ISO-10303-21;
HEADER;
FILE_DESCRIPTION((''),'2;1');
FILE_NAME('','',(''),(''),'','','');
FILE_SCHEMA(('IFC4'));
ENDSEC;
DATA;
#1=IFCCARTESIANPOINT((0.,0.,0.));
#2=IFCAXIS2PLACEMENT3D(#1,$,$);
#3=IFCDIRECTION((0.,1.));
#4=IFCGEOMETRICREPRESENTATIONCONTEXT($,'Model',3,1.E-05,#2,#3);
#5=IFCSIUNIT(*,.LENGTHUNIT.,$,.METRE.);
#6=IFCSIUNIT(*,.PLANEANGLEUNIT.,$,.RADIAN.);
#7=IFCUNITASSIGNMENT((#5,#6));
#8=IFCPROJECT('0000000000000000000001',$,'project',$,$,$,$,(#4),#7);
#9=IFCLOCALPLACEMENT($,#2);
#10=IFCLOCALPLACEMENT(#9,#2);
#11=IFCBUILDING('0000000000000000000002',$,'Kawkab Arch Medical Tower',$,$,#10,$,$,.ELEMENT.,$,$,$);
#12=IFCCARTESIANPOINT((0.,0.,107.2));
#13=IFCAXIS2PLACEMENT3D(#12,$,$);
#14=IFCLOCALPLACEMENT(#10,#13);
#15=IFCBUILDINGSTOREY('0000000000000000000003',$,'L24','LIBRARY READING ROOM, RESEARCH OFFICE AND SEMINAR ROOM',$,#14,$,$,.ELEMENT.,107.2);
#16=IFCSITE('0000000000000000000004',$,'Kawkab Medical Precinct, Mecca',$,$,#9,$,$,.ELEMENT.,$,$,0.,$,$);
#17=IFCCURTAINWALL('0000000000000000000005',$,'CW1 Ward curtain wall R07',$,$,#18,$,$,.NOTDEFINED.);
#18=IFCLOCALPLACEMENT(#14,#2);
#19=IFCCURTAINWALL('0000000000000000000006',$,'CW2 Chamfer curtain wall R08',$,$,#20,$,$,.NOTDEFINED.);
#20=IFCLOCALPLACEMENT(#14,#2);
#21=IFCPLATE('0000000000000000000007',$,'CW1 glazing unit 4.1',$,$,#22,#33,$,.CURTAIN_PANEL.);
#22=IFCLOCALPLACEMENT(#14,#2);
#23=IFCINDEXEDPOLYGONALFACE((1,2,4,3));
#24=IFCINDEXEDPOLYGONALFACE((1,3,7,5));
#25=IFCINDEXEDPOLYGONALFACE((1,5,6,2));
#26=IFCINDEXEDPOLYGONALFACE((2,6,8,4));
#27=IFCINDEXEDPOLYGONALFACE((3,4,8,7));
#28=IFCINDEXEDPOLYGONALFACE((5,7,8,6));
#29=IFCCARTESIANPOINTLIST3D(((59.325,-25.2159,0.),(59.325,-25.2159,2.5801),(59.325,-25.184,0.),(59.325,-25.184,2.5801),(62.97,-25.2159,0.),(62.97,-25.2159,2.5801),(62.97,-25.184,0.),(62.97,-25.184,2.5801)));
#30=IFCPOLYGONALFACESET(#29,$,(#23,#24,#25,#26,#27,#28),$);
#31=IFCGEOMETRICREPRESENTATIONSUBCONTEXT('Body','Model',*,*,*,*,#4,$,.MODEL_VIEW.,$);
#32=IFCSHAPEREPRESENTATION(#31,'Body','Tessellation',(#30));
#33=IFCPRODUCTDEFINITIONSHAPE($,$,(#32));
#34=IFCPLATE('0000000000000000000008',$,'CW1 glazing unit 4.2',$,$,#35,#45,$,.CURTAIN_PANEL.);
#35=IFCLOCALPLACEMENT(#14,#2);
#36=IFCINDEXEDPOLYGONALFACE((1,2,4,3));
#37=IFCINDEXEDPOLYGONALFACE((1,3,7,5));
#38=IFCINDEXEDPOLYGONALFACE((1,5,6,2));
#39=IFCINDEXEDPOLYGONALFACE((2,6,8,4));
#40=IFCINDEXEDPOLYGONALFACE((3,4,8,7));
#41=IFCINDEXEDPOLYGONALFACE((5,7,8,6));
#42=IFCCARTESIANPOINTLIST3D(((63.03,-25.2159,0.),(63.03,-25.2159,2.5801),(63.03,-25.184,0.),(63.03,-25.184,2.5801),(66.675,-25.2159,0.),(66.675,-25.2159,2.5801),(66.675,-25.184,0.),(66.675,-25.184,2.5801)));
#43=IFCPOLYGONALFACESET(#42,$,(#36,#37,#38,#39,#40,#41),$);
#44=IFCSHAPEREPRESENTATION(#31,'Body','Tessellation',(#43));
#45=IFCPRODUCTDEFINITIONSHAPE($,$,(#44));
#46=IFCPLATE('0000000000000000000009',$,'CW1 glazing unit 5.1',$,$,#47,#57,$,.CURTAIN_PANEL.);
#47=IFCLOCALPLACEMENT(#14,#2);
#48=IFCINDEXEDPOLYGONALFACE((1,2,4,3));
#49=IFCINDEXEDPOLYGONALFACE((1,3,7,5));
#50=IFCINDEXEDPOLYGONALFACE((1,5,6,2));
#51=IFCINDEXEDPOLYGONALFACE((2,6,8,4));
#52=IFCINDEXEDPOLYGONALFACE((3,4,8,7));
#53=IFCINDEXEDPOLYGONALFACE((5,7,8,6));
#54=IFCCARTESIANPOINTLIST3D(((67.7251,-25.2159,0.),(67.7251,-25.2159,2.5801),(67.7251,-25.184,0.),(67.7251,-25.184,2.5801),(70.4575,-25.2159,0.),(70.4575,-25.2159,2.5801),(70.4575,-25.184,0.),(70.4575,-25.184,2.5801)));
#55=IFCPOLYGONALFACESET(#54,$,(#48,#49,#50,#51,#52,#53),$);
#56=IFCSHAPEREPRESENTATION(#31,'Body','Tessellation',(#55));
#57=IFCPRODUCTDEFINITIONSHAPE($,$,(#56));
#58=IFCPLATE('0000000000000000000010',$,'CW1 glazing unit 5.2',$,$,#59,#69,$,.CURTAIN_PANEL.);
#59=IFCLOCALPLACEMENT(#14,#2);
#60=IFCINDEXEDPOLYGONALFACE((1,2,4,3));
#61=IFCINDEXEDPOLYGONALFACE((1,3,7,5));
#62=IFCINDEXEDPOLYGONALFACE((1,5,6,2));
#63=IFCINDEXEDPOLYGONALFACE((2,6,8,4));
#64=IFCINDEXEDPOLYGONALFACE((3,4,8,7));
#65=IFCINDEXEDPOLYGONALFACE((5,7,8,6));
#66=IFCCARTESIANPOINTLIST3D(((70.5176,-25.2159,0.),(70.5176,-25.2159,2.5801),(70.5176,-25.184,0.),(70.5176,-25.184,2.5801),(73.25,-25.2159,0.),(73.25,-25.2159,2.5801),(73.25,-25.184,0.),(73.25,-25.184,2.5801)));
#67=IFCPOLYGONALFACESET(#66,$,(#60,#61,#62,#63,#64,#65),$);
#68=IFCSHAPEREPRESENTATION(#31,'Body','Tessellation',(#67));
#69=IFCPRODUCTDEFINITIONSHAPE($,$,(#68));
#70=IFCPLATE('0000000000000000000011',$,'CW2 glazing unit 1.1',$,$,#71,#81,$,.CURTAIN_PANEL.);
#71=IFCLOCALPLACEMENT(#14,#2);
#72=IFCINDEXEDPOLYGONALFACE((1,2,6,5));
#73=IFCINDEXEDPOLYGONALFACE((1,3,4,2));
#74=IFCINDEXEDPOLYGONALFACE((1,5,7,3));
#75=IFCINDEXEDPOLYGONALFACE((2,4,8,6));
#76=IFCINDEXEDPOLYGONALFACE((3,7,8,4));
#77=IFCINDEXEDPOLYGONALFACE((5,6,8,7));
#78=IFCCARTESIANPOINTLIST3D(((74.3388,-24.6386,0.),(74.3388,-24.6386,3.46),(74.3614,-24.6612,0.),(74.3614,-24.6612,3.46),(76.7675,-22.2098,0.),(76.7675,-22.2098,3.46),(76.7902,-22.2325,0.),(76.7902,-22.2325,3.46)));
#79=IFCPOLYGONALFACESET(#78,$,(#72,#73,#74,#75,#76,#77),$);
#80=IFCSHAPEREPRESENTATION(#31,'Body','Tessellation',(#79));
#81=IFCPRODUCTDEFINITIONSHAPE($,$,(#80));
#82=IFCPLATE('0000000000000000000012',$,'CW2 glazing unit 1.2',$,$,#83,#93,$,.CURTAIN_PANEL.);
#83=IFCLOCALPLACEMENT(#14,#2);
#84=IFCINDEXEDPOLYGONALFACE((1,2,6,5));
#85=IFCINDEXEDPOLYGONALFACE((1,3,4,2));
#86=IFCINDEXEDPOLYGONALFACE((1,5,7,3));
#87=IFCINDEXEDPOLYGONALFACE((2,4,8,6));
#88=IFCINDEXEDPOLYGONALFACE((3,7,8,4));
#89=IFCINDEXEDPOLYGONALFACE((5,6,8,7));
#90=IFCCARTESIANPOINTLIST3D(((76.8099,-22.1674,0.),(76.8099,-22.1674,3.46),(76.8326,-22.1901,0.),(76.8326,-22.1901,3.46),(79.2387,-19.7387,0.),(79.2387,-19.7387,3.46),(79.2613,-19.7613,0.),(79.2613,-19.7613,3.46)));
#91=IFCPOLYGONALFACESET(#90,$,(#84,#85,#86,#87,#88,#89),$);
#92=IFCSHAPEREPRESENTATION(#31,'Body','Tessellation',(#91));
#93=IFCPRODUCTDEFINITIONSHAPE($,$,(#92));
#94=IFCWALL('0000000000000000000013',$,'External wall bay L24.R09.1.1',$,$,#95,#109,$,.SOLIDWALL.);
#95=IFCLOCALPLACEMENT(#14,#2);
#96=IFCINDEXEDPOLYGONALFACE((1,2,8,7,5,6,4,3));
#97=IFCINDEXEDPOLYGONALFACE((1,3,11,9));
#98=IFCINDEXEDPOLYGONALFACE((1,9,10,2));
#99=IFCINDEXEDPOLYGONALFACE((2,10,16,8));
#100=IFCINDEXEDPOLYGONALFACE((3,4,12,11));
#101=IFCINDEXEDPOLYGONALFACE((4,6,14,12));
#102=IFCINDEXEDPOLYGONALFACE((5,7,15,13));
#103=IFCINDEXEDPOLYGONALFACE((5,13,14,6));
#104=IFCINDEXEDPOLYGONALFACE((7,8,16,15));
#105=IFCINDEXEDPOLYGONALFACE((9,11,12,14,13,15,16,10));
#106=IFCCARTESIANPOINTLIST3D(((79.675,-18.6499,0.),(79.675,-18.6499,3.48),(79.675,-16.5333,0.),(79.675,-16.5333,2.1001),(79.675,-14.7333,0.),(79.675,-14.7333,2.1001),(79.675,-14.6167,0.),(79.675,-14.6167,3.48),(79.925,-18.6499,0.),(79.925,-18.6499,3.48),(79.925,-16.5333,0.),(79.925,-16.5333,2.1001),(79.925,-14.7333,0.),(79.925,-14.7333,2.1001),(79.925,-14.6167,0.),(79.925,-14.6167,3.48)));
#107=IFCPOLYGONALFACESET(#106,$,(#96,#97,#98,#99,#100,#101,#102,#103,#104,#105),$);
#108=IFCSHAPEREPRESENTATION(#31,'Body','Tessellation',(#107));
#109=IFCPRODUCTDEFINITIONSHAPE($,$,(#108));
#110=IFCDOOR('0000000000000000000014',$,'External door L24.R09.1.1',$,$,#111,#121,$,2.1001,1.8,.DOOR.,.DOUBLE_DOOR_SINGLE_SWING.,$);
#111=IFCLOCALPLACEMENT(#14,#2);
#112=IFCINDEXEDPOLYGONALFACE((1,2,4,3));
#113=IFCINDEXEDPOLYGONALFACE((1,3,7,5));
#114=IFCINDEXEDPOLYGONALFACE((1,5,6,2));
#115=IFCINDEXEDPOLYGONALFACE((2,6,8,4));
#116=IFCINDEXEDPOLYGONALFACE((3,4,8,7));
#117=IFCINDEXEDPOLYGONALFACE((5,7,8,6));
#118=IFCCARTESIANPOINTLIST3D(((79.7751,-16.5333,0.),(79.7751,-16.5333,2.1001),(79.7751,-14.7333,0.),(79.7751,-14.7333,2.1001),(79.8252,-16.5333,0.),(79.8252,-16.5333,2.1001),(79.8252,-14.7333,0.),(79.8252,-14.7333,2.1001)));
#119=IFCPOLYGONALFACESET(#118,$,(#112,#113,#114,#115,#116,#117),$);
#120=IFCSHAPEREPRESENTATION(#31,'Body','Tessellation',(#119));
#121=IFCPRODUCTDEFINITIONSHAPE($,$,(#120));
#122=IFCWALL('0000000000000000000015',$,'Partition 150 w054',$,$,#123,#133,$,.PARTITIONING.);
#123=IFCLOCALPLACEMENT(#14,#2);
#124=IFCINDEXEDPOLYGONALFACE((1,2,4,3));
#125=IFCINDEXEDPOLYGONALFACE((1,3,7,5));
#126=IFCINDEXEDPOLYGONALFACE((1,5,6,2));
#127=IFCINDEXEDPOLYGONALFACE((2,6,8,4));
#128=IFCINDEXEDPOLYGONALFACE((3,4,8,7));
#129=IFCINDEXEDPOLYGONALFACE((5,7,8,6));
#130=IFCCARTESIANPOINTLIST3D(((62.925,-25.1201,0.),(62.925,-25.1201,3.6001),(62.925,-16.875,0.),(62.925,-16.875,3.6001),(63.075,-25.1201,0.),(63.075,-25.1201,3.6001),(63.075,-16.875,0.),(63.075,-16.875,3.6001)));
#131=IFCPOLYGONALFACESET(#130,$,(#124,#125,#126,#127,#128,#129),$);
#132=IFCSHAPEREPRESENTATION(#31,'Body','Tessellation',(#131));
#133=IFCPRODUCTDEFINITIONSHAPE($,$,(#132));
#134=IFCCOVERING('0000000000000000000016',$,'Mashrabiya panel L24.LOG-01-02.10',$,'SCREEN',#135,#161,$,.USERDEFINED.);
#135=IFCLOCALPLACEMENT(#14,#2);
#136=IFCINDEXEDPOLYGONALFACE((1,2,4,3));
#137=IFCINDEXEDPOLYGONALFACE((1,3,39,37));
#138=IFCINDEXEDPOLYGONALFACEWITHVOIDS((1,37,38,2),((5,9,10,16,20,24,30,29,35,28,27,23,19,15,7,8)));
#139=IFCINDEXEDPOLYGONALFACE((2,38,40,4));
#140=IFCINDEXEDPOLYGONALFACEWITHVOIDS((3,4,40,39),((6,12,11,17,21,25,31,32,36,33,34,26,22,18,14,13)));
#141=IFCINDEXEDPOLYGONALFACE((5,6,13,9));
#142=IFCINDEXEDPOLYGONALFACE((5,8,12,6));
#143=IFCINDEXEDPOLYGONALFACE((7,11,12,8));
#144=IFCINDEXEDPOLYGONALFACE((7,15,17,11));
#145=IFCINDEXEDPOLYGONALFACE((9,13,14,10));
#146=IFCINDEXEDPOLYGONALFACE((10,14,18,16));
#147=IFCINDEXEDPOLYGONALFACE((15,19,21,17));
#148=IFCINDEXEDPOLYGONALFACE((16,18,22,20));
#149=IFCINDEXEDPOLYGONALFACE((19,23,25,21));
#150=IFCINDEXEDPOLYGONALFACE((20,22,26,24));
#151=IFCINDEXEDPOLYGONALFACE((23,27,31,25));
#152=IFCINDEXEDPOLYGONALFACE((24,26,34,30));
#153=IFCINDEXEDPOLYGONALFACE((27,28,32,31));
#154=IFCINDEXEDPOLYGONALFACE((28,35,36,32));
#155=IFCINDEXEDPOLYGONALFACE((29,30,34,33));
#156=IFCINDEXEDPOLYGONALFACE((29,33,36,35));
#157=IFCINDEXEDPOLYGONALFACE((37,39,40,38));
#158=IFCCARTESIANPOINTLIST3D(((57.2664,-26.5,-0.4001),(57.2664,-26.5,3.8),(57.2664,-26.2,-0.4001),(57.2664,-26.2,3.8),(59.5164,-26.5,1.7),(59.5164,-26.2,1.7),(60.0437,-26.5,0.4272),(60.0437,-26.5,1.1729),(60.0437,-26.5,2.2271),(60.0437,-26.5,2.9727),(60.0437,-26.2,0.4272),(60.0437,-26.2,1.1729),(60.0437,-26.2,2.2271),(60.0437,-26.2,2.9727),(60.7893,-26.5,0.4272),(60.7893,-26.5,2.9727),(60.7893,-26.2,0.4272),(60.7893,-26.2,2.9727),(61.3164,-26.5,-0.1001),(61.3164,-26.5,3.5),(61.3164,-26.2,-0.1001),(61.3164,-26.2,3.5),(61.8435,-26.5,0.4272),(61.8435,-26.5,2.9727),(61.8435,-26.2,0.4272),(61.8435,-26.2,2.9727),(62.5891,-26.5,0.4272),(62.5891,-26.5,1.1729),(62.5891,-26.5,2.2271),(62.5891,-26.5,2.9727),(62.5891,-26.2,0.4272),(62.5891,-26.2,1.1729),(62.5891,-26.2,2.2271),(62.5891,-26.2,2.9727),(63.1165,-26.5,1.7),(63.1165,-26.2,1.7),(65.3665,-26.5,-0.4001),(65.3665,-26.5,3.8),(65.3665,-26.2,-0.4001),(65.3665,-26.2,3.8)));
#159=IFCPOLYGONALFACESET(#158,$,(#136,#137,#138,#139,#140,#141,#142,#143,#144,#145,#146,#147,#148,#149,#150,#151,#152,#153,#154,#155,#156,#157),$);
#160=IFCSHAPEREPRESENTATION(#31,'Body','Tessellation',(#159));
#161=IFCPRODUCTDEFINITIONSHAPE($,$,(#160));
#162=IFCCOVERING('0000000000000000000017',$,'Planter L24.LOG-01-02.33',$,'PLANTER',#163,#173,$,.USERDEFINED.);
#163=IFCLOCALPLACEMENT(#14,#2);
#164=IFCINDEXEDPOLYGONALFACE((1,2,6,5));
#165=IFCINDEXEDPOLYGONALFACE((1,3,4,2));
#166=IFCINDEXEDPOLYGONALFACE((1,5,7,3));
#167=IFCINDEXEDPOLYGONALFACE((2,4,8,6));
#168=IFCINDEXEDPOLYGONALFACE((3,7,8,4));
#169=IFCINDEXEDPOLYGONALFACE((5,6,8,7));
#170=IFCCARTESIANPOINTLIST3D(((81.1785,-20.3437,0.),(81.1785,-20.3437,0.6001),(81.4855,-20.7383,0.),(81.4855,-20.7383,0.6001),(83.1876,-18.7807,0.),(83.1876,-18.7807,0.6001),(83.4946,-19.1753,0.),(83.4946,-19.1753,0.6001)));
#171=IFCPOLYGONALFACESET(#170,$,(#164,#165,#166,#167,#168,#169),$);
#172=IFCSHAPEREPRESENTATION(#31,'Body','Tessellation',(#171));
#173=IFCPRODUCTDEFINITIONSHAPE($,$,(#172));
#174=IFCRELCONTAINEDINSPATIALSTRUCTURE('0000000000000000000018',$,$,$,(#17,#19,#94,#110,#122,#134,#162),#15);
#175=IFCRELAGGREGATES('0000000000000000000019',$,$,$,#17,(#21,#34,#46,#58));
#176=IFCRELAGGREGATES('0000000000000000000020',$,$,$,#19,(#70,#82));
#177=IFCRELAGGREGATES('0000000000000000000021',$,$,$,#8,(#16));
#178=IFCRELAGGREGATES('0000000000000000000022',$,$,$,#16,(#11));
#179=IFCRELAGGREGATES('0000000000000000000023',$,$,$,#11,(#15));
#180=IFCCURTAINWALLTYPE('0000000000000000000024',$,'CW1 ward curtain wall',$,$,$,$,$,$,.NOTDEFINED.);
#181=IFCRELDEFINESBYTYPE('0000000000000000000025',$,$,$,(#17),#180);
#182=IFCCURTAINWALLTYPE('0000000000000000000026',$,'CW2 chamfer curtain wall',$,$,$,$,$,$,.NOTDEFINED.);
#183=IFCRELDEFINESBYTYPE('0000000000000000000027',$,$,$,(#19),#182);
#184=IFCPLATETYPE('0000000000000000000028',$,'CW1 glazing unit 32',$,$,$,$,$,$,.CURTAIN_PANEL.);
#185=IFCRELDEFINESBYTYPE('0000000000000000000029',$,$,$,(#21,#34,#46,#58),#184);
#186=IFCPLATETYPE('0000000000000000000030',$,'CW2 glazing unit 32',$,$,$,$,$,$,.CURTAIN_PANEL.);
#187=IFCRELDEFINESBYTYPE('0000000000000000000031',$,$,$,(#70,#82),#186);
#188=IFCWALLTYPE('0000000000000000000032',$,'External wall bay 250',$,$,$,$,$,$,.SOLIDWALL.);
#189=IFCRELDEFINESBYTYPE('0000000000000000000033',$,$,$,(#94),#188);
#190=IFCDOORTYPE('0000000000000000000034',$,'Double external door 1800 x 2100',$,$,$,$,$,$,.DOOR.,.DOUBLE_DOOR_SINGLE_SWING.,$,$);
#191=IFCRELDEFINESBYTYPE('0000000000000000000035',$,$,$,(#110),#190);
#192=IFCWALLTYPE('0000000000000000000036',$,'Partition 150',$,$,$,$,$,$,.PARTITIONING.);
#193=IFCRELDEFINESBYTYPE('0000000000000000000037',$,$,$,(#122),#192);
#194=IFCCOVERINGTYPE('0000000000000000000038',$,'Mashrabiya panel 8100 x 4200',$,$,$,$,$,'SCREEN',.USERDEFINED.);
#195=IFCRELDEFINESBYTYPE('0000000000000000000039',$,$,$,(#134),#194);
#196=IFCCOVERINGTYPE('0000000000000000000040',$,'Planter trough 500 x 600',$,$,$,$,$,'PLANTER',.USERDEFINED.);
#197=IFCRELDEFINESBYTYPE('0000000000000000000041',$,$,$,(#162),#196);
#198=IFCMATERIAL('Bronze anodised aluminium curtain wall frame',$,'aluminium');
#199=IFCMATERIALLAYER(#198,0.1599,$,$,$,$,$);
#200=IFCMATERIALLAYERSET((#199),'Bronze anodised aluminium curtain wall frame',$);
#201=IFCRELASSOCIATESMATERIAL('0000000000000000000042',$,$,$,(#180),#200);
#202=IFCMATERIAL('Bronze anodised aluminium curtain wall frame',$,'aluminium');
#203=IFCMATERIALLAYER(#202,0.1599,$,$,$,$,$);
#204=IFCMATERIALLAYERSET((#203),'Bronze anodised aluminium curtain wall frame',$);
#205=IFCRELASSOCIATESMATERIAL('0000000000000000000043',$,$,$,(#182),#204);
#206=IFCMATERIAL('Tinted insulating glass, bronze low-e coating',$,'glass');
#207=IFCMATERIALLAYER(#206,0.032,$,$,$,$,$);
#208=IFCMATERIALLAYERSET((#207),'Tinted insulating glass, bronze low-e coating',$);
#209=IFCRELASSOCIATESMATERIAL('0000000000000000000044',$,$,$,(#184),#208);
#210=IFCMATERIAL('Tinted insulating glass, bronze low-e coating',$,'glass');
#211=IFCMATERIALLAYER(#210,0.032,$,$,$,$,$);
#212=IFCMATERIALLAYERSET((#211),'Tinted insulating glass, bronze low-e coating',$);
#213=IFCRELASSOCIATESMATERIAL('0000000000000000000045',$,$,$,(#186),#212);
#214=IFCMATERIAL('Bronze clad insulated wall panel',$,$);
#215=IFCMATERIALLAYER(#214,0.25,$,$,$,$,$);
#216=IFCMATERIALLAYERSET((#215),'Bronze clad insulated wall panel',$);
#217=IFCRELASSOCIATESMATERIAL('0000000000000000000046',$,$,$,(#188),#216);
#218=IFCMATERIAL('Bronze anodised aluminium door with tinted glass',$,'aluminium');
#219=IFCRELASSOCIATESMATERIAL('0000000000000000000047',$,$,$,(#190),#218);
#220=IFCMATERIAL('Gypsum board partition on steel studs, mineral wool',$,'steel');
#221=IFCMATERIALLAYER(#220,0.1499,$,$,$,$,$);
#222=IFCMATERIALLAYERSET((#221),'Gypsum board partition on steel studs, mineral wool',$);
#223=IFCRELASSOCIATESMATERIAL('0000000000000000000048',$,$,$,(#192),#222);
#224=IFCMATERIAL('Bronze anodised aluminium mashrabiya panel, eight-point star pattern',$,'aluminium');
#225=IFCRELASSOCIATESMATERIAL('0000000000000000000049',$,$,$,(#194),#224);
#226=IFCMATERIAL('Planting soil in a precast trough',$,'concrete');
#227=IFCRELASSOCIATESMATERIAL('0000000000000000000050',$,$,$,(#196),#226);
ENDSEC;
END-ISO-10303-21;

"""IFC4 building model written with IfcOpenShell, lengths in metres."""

from ifc_helpers import new_model, si_unit, direction, frame, frame_2d, origin, origin_2d, place, context, subcontext, project, spatial, polyline, rectangle, outline, extrude, material, layer, layer_set, material_profile, profile_set, type_object, element, fill, aggregate, save


model = new_model("IFC4")

# Units and contexts
model_context = context("Model", 3, precision=1e-05, world=origin(), true_north=direction((0.0, 1.0)))
body_context = subcontext(model_context, "Body", "Model", "MODEL_VIEW")
ifc_project = project(units=[si_unit("LENGTHUNIT", "METRE"), si_unit("PLANEANGLEUNIT", "RADIAN")], contexts=[model_context])

# Site, building, storey
site_placement = place(None, origin())
site = spatial("IfcSite", under=ifc_project, at=site_placement, Name="Kawkab Medical Precinct, Mecca", CompositionType="ELEMENT", RefElevation=0.0)
building_placement = place(site_placement, origin())
building = spatial("IfcBuilding", under=site, at=building_placement, Name="Kawkab Arch Medical Tower", CompositionType="ELEMENT")
storey_placement = place(building_placement, frame((0.0, 0.0, 107.2)))
storey = spatial("IfcBuildingStorey", under=building, at=storey_placement, Name="L24", Description="LIBRARY READING ROOM, RESEARCH OFFICE AND SEMINAR ROOM", CompositionType="ELEMENT", Elevation=107.2)

# Curtain wall
ifc_material_1 = material(Name="Bronze anodised aluminium curtain wall frame", Category="aluminium")
ifc_layer_1 = layer(ifc_material_1, 0.1599)
ifc_layer_set_1 = layer_set([ifc_layer_1], Name="Bronze anodised aluminium curtain wall frame")
curtain_wall_type_1 = type_object("IfcCurtainWallType", Name="CW1 ward curtain wall", PredefinedType="NOTDEFINED", material=ifc_layer_set_1)
placement = place(storey_placement, origin())
curtain_wall_1 = element("IfcCurtainWall", 1, at=placement, inside=storey, type_object=curtain_wall_type_1, Name="CW1 Ward curtain wall R07", PredefinedType="NOTDEFINED")

# Curtain wall
ifc_material_2 = material(Name="Bronze anodised aluminium curtain wall frame", Category="aluminium")
ifc_layer_2 = layer(ifc_material_2, 0.1599)
ifc_layer_set_2 = layer_set([ifc_layer_2], Name="Bronze anodised aluminium curtain wall frame")
curtain_wall_type_2 = type_object("IfcCurtainWallType", Name="CW2 chamfer curtain wall", PredefinedType="NOTDEFINED", material=ifc_layer_set_2)
curtain_wall_2 = element("IfcCurtainWall", 2, at=placement, inside=storey, type_object=curtain_wall_type_2, Name="CW2 Chamfer curtain wall R08", PredefinedType="NOTDEFINED")

# Plates
ifc_material_3 = material(Name="Tinted insulating glass, bronze low-e coating", Category="glass")
ifc_layer_3 = layer(ifc_material_3, 0.032)
ifc_layer_set_3 = layer_set([ifc_layer_3], Name="Tinted insulating glass, bronze low-e coating")
plate_type_1 = type_object("IfcPlateType", Name="CW1 glazing unit 32", PredefinedType="CURTAIN_PANEL", material=ifc_layer_set_3)
plate_1_placement = place(storey_placement, frame((61.1475, -25.2, 0.0), z_axis=(0.0, 0.0, 1.0), x_axis=(1.0, 0.0, 0.0)))
plate_1 = element("IfcPlate", 3, at=plate_1_placement, type_object=plate_type_1, Name="CW1 glazing unit 4.1", PredefinedType="CURTAIN_PANEL", context=body_context, shape_type="SweptSolid", body=[
    extrude(rectangle(XDim=3.645, YDim=0.032, at=origin_2d()), origin(), (0.0, 0.0, 1.0), 2.5801),
])
plate_2_placement = place(storey_placement, frame((64.8525, -25.2, 0.0), z_axis=(0.0, 0.0, 1.0), x_axis=(1.0, 0.0, 0.0)))
plate_2 = element("IfcPlate", 4, at=plate_2_placement, type_object=plate_type_1, Name="CW1 glazing unit 4.2", PredefinedType="CURTAIN_PANEL", context=body_context, shape_type="SweptSolid", body=[
    extrude(rectangle(XDim=3.645, YDim=0.032, at=origin_2d()), origin(), (0.0, 0.0, 1.0), 2.5801),
])
plate_3_placement = place(storey_placement, frame((69.0913, -25.2, 0.0), z_axis=(0.0, 0.0, 1.0), x_axis=(1.0, 0.0, 0.0)))
plate_3 = element("IfcPlate", 5, at=plate_3_placement, type_object=plate_type_1, Name="CW1 glazing unit 5.1", PredefinedType="CURTAIN_PANEL", context=body_context, shape_type="SweptSolid", body=[
    extrude(rectangle(XDim=2.7324, YDim=0.032, at=origin_2d()), origin(), (0.0, 0.0, 1.0), 2.5801),
])
plate_4_placement = place(storey_placement, frame((71.8838, -25.2, 0.0), z_axis=(0.0, 0.0, 1.0), x_axis=(1.0, 0.0, 0.0)))
plate_4 = element("IfcPlate", 6, at=plate_4_placement, type_object=plate_type_1, Name="CW1 glazing unit 5.2", PredefinedType="CURTAIN_PANEL", context=body_context, shape_type="SweptSolid", body=[
    extrude(rectangle(XDim=2.7324, YDim=0.032, at=origin_2d()), origin(), (0.0, 0.0, 1.0), 2.5801),
])
aggregate(curtain_wall_1, [plate_1, plate_2, plate_3, plate_4])
ifc_material_4 = material(Name="Tinted insulating glass, bronze low-e coating", Category="glass")
ifc_layer_4 = layer(ifc_material_4, 0.032)
ifc_layer_set_4 = layer_set([ifc_layer_4], Name="Tinted insulating glass, bronze low-e coating")
plate_type_2 = type_object("IfcPlateType", Name="CW2 glazing unit 32", PredefinedType="CURTAIN_PANEL", material=ifc_layer_set_4)
plate_5_placement = place(storey_placement, frame((75.5645, -23.4355, 0.0), z_axis=(0.0, 0.0, 1.0), x_axis=(0.707107, 0.707107, 0.0)))
plate_5 = element("IfcPlate", 7, at=plate_5_placement, type_object=plate_type_2, Name="CW2 glazing unit 1.1", PredefinedType="CURTAIN_PANEL", context=body_context, shape_type="SweptSolid", body=[
    extrude(rectangle(XDim=3.4348, YDim=0.032, at=origin_2d()), origin(), (0.0, 0.0, 1.0), 3.46),
])
plate_6_placement = place(storey_placement, frame((78.0356, -20.9644, 0.0), z_axis=(0.0, 0.0, 1.0), x_axis=(0.707107, 0.707107, 0.0)))
plate_6 = element("IfcPlate", 8, at=plate_6_placement, type_object=plate_type_2, Name="CW2 glazing unit 1.2", PredefinedType="CURTAIN_PANEL", context=body_context, shape_type="SweptSolid", body=[
    extrude(rectangle(XDim=3.4348, YDim=0.032, at=origin_2d()), origin(), (0.0, 0.0, 1.0), 3.46),
])
aggregate(curtain_wall_2, [plate_5, plate_6])

# Wall, opening, door
ifc_material_5 = material(Name="Bronze clad insulated wall panel")
ifc_layer_5 = layer(ifc_material_5, 0.25)
ifc_layer_set_5 = layer_set([ifc_layer_5], Name="Bronze clad insulated wall panel")
wall_type_1 = type_object("IfcWallType", Name="External wall bay 250", PredefinedType="SOLIDWALL", material=ifc_layer_set_5)
wall_1_placement = place(storey_placement, frame((79.8, -18.6499, 0.0), z_axis=(0.0, 0.0, 1.0), x_axis=(0.0, 1.0, 0.0)))
wall_1 = element("IfcWall", 9, at=wall_1_placement, inside=storey, type_object=wall_type_1, Name="External wall bay L24.R09.1.1", PredefinedType="SOLIDWALL", context=body_context, shape_type="SweptSolid", body=[
    extrude(rectangle(XDim=4.0332, YDim=0.25, at=frame_2d((2.0166, 0.0))), origin(), (0.0, 0.0, 1.0), 3.48),
])
opening_placement = place(wall_1_placement, frame((2.1167, 0.0, 0.0)))
opening = element("IfcOpeningElement", 10, at=opening_placement, cuts=wall_1, PredefinedType="OPENING", context=body_context, shape_type="SweptSolid", body=[
    extrude(rectangle(XDim=1.8, YDim=2.1001, at=frame_2d((0.8999, 1.05))), frame((0.0, 0.135, 0.0), z_axis=(0.0, -1.0, 0.0), x_axis=(1.0, 0.0, 0.0)), (0.0, 0.0, 1.0), 0.27),
])
ifc_material_6 = material(Name="Bronze anodised aluminium door with tinted glass", Category="aluminium")
door_type = type_object("IfcDoorType", Name="Double external door 1800 x 2100", OperationType="DOUBLE_DOOR_SINGLE_SWING", PredefinedType="DOOR", material=ifc_material_6)
door_placement = place(opening_placement, origin())
door = element("IfcDoor", 11, at=door_placement, inside=storey, type_object=door_type, Name="External door L24.R09.1.1", OperationType="DOUBLE_DOOR_SINGLE_SWING", OverallHeight=2.1001, OverallWidth=1.8, PredefinedType="DOOR", context=body_context, shape_type="SweptSolid", body=[
    extrude(rectangle(XDim=1.8, YDim=2.1001, at=frame_2d((0.8999, 1.05))), frame((0.0, 0.0249, 0.0), z_axis=(0.0, -1.0, 0.0), x_axis=(1.0, 0.0, 0.0)), (0.0, 0.0, 1.0), 0.05),
])
fill(opening, door)

# Wall
ifc_material_7 = material(Name="Gypsum board partition on steel studs, mineral wool", Category="steel")
ifc_layer_6 = layer(ifc_material_7, 0.1499)
ifc_layer_set_6 = layer_set([ifc_layer_6], Name="Gypsum board partition on steel studs, mineral wool")
wall_type_2 = type_object("IfcWallType", Name="Partition 150", PredefinedType="PARTITIONING", material=ifc_layer_set_6)
wall_2_placement = place(storey_placement, frame((63.0, -25.1201, 0.0), z_axis=(0.0, 0.0, 1.0), x_axis=(0.0, 1.0, 0.0)))
element("IfcWall", 12, at=wall_2_placement, inside=storey, type_object=wall_type_2, Name="Partition 150 w054", PredefinedType="PARTITIONING", context=body_context, shape_type="SweptSolid", body=[
    extrude(rectangle(XDim=8.2451, YDim=0.1499, at=frame_2d((4.1226, 0.0))), origin(), (0.0, 0.0, 1.0), 3.6001),
])

# Coverings
ifc_material_8 = material(Name="Bronze anodised aluminium mashrabiya panel, eight-point star pattern", Category="aluminium")
ifc_material_profile_1 = material_profile(ifc_material_8, outline(polyline([(-4.05, -2.1001), (4.05, -2.1001), (4.05, 2.1001), (-4.05, 2.1001), (-4.05, -2.1001)]), holes=[polyline([(1.8, 0.0), (1.2727, 0.5271), (1.2727, 1.2727), (0.5271, 1.2727), (0.0, 1.8), (-0.5271, 1.2727), (-1.2727, 1.2727), (-1.2727, 0.5271), (-1.8, 0.0), (-1.2727, -0.5271), (-1.2727, -1.2727), (-0.5271, -1.2727), (0.0, -1.8), (0.5271, -1.2727), (1.2727, -1.2727), (1.2727, -0.5271), (1.8, 0.0)])]), Name="Mashrabiya panel 8100x4200")
ifc_profile_set_1 = profile_set([ifc_material_profile_1], Name="Bronze anodised aluminium mashrabiya panel, eight-point star pattern")
covering_type_1 = type_object("IfcCoveringType", Name="Mashrabiya panel 8100 x 4200", ElementType="SCREEN", PredefinedType="USERDEFINED", material=ifc_profile_set_1)
covering_1_placement = place(storey_placement, frame((61.3164, -26.2, 1.7), z_axis=(0.0, -1.0, 0.0), x_axis=(1.0, 0.0, 0.0)))
element("IfcCovering", 13, at=covering_1_placement, inside=storey, type_object=covering_type_1, Name="Mashrabiya panel L24.LOG-01-02.10", ObjectType="SCREEN", PredefinedType="USERDEFINED", context=body_context, shape_type="SweptSolid", body=[
    extrude(outline(polyline([(-4.05, -2.1001), (4.05, -2.1001), (4.05, 2.1001), (-4.05, 2.1001), (-4.05, -2.1001)]), holes=[polyline([(1.8, 0.0), (1.2727, 0.5271), (1.2727, 1.2727), (0.5271, 1.2727), (0.0, 1.8), (-0.5271, 1.2727), (-1.2727, 1.2727), (-1.2727, 0.5271), (-1.8, 0.0), (-1.2727, -0.5271), (-1.2727, -1.2727), (-0.5271, -1.2727), (0.0, -1.8), (0.5271, -1.2727), (1.2727, -1.2727), (1.2727, -0.5271), (1.8, 0.0)])]), origin(), (0.0, 0.0, 1.0), 0.3),
])
ifc_material_9 = material(Name="Planting soil in a precast trough", Category="concrete")
ifc_material_profile_2 = material_profile(ifc_material_9, rectangle(XDim=0.5, YDim=0.6001, at=origin_2d()), Name="Trough 500x600")
ifc_profile_set_2 = profile_set([ifc_material_profile_2], Name="Planting soil in a precast trough")
covering_type_2 = type_object("IfcCoveringType", Name="Planter trough 500 x 600", ElementType="PLANTER", PredefinedType="USERDEFINED", material=ifc_profile_set_2)
covering_2_placement = place(storey_placement, frame((83.3411, -18.978, 0.3), z_axis=(-0.789275, -0.61404, 0.0), x_axis=(0.61404, -0.789275, 0.0)))
element("IfcCovering", 14, at=covering_2_placement, inside=storey, type_object=covering_type_2, Name="Planter L24.LOG-01-02.33", ObjectType="PLANTER", PredefinedType="USERDEFINED", context=body_context, shape_type="SweptSolid", body=[
    extrude(rectangle(XDim=0.5, YDim=0.6001, at=origin_2d()), origin(), (0.0, 0.0, 1.0), 2.5454),
])

save(model, "model.ifc")
